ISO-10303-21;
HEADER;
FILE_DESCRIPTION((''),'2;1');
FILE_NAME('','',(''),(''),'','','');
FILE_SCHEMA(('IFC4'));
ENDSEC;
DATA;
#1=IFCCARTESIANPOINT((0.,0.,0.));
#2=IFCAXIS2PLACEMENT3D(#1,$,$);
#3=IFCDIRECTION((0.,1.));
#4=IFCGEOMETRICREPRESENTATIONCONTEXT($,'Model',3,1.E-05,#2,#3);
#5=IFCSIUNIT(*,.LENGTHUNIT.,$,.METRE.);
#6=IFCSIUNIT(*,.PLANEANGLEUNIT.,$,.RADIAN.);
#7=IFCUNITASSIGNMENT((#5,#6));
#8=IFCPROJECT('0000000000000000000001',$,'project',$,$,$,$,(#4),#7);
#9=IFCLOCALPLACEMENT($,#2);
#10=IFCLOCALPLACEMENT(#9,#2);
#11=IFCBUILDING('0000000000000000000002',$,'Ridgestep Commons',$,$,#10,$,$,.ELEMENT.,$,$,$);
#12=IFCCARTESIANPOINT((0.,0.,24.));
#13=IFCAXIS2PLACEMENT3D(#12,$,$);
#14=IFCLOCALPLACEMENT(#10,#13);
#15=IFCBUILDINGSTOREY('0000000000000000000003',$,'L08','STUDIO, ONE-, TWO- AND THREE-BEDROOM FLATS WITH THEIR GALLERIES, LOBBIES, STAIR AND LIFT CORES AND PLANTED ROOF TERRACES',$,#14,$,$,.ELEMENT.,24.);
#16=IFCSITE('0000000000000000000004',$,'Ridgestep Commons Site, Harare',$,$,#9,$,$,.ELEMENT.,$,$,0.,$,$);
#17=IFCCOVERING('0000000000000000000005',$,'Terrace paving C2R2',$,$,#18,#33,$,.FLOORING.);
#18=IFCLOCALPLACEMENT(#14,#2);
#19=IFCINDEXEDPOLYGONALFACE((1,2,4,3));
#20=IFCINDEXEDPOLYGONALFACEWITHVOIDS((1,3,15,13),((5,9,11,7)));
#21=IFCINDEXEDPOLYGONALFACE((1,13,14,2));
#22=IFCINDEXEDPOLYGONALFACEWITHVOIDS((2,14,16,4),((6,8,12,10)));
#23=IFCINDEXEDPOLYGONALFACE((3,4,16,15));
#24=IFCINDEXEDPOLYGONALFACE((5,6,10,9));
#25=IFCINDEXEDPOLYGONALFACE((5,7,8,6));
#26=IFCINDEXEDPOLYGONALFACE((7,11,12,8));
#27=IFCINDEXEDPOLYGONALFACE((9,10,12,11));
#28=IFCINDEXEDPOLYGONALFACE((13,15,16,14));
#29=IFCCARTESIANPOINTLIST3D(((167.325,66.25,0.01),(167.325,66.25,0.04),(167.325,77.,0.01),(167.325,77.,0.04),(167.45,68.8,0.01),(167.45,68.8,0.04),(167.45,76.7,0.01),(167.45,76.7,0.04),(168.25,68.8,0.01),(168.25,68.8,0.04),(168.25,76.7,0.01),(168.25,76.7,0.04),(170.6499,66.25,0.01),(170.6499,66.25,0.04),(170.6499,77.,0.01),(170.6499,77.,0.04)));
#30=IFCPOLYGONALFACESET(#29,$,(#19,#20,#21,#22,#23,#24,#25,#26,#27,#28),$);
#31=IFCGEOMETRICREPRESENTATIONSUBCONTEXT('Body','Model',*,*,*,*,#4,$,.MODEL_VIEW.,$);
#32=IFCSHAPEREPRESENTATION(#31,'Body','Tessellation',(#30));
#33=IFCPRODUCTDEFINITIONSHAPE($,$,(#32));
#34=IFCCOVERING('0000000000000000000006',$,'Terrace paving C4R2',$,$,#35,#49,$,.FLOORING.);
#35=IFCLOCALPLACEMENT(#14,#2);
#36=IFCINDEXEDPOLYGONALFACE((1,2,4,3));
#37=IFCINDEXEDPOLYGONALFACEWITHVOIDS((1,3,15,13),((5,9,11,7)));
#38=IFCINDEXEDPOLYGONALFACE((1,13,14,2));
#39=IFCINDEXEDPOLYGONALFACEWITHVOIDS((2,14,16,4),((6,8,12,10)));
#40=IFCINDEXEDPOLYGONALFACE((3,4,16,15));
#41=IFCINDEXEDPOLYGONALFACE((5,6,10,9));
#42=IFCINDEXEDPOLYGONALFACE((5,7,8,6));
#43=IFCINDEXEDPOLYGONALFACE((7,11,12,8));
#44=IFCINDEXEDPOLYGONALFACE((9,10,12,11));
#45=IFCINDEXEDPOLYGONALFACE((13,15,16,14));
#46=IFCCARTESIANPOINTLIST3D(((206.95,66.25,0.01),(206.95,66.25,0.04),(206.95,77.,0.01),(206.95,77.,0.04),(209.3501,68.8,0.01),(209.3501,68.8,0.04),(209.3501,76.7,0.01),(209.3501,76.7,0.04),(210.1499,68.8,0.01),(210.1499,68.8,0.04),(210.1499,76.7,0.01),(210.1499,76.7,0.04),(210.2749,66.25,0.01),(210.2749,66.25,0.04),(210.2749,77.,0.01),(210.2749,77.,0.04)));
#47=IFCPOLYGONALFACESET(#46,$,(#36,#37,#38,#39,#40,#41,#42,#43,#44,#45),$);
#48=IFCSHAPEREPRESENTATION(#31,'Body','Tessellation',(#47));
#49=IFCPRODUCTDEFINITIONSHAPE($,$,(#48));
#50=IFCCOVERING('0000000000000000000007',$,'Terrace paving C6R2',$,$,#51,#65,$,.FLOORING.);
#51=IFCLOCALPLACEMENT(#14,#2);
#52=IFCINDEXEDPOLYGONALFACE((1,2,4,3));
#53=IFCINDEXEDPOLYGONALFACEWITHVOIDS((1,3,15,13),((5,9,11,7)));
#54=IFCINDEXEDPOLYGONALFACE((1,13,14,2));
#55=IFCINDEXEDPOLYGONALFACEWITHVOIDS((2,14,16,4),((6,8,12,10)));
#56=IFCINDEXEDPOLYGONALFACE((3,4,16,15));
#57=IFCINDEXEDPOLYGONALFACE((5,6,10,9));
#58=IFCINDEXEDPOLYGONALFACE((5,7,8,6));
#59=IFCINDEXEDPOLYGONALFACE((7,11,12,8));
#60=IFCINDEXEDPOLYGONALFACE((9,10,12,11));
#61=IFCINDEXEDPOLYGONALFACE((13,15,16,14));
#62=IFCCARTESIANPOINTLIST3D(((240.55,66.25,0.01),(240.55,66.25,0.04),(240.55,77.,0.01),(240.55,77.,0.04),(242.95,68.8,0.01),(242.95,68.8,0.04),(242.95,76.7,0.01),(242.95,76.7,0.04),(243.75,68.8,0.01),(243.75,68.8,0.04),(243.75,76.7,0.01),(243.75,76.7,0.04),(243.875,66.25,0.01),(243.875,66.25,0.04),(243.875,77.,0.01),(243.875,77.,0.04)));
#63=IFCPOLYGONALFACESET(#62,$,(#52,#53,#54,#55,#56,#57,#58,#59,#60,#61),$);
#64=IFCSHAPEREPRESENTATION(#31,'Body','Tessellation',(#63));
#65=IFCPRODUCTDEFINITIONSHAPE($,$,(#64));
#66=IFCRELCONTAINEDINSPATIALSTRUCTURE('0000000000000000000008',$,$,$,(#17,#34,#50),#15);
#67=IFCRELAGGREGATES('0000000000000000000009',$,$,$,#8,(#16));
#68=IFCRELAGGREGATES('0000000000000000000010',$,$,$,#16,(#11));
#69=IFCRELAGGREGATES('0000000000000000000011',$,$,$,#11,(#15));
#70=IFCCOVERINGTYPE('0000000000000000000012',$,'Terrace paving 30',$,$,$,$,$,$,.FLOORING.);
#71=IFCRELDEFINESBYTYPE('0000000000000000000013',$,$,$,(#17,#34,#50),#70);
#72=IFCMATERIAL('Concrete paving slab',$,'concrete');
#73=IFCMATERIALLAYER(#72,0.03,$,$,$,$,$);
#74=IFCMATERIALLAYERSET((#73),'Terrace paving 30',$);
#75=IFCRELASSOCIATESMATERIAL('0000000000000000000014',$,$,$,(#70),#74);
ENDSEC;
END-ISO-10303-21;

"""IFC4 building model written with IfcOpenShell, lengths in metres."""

from ifc_helpers import new_model, si_unit, direction, frame, origin, place, context, subcontext, project, spatial, polyline, outline, extrude, material, layer, layer_set, type_object, element, save


model = new_model("IFC4")

# Units and contexts
model_context = context("Model", 3, precision=1e-05, world=origin(), true_north=direction((0.0, 1.0)))
body_context = subcontext(model_context, "Body", "Model", "MODEL_VIEW")
ifc_project = project(units=[si_unit("LENGTHUNIT", "METRE"), si_unit("PLANEANGLEUNIT", "RADIAN")], contexts=[model_context])

# Site, building, storey
site_placement = place(None, origin())
site = spatial("IfcSite", under=ifc_project, at=site_placement, Name="Ridgestep Commons Site, Harare", CompositionType="ELEMENT", RefElevation=0.0)
building_placement = place(site_placement, origin())
building = spatial("IfcBuilding", under=site, at=building_placement, Name="Ridgestep Commons", CompositionType="ELEMENT")
storey_placement = place(building_placement, frame((0.0, 0.0, 24.0)))
storey = spatial("IfcBuildingStorey", under=building, at=storey_placement, Name="L08", Description="STUDIO, ONE-, TWO- AND THREE-BEDROOM FLATS WITH THEIR GALLERIES, LOBBIES, STAIR AND LIFT CORES AND PLANTED ROOF TERRACES", CompositionType="ELEMENT", Elevation=24.0)

# Coverings
ifc_material_1 = material(Name="Concrete paving slab", Category="concrete")
ifc_layer_1 = layer(ifc_material_1, 0.03)
ifc_layer_set_1 = layer_set([ifc_layer_1], Name="Terrace paving 30")
covering_type_1 = type_object("IfcCoveringType", Name="Terrace paving 30", PredefinedType="FLOORING", material=ifc_layer_set_1)
covering_1_placement = place(storey_placement, frame((0.0, 0.0, 0.01)))
element("IfcCovering", 1, at=covering_1_placement, inside=storey, type_object=covering_type_1, Name="Terrace paving C2R2", PredefinedType="FLOORING", context=body_context, shape_type="SweptSolid", body=[
    extrude(outline(polyline([(170.6499, 66.25), (170.6499, 77.0), (167.325, 77.0), (167.325, 66.25), (170.6499, 66.25)]), holes=[polyline([(168.25, 68.8), (168.25, 76.7), (167.45, 76.7), (167.45, 68.8), (168.25, 68.8)])]), origin(), (0.0, 0.0, 1.0), 0.03),
])
covering_2_placement = place(storey_placement, frame((0.0, 0.0, 0.01)))
element("IfcCovering", 2, at=covering_2_placement, inside=storey, type_object=covering_type_1, Name="Terrace paving C4R2", PredefinedType="FLOORING", context=body_context, shape_type="SweptSolid", body=[
    extrude(outline(polyline([(210.2749, 66.25), (210.2749, 77.0), (206.95, 77.0), (206.95, 66.25), (210.2749, 66.25)]), holes=[polyline([(210.1499, 68.8), (210.1499, 76.7), (209.3501, 76.7), (209.3501, 68.8), (210.1499, 68.8)])]), origin(), (0.0, 0.0, 1.0), 0.03),
])
covering_3_placement = place(storey_placement, frame((0.0, 0.0, 0.01)))
element("IfcCovering", 3, at=covering_3_placement, inside=storey, type_object=covering_type_1, Name="Terrace paving C6R2", PredefinedType="FLOORING", context=body_context, shape_type="SweptSolid", body=[
    extrude(outline(polyline([(243.875, 66.25), (243.875, 77.0), (240.55, 77.0), (240.55, 66.25), (243.875, 66.25)]), holes=[polyline([(243.75, 68.8), (243.75, 76.7), (242.95, 76.7), (242.95, 68.8), (243.75, 68.8)])]), origin(), (0.0, 0.0, 1.0), 0.03),
])

save(model, "model.ifc")
